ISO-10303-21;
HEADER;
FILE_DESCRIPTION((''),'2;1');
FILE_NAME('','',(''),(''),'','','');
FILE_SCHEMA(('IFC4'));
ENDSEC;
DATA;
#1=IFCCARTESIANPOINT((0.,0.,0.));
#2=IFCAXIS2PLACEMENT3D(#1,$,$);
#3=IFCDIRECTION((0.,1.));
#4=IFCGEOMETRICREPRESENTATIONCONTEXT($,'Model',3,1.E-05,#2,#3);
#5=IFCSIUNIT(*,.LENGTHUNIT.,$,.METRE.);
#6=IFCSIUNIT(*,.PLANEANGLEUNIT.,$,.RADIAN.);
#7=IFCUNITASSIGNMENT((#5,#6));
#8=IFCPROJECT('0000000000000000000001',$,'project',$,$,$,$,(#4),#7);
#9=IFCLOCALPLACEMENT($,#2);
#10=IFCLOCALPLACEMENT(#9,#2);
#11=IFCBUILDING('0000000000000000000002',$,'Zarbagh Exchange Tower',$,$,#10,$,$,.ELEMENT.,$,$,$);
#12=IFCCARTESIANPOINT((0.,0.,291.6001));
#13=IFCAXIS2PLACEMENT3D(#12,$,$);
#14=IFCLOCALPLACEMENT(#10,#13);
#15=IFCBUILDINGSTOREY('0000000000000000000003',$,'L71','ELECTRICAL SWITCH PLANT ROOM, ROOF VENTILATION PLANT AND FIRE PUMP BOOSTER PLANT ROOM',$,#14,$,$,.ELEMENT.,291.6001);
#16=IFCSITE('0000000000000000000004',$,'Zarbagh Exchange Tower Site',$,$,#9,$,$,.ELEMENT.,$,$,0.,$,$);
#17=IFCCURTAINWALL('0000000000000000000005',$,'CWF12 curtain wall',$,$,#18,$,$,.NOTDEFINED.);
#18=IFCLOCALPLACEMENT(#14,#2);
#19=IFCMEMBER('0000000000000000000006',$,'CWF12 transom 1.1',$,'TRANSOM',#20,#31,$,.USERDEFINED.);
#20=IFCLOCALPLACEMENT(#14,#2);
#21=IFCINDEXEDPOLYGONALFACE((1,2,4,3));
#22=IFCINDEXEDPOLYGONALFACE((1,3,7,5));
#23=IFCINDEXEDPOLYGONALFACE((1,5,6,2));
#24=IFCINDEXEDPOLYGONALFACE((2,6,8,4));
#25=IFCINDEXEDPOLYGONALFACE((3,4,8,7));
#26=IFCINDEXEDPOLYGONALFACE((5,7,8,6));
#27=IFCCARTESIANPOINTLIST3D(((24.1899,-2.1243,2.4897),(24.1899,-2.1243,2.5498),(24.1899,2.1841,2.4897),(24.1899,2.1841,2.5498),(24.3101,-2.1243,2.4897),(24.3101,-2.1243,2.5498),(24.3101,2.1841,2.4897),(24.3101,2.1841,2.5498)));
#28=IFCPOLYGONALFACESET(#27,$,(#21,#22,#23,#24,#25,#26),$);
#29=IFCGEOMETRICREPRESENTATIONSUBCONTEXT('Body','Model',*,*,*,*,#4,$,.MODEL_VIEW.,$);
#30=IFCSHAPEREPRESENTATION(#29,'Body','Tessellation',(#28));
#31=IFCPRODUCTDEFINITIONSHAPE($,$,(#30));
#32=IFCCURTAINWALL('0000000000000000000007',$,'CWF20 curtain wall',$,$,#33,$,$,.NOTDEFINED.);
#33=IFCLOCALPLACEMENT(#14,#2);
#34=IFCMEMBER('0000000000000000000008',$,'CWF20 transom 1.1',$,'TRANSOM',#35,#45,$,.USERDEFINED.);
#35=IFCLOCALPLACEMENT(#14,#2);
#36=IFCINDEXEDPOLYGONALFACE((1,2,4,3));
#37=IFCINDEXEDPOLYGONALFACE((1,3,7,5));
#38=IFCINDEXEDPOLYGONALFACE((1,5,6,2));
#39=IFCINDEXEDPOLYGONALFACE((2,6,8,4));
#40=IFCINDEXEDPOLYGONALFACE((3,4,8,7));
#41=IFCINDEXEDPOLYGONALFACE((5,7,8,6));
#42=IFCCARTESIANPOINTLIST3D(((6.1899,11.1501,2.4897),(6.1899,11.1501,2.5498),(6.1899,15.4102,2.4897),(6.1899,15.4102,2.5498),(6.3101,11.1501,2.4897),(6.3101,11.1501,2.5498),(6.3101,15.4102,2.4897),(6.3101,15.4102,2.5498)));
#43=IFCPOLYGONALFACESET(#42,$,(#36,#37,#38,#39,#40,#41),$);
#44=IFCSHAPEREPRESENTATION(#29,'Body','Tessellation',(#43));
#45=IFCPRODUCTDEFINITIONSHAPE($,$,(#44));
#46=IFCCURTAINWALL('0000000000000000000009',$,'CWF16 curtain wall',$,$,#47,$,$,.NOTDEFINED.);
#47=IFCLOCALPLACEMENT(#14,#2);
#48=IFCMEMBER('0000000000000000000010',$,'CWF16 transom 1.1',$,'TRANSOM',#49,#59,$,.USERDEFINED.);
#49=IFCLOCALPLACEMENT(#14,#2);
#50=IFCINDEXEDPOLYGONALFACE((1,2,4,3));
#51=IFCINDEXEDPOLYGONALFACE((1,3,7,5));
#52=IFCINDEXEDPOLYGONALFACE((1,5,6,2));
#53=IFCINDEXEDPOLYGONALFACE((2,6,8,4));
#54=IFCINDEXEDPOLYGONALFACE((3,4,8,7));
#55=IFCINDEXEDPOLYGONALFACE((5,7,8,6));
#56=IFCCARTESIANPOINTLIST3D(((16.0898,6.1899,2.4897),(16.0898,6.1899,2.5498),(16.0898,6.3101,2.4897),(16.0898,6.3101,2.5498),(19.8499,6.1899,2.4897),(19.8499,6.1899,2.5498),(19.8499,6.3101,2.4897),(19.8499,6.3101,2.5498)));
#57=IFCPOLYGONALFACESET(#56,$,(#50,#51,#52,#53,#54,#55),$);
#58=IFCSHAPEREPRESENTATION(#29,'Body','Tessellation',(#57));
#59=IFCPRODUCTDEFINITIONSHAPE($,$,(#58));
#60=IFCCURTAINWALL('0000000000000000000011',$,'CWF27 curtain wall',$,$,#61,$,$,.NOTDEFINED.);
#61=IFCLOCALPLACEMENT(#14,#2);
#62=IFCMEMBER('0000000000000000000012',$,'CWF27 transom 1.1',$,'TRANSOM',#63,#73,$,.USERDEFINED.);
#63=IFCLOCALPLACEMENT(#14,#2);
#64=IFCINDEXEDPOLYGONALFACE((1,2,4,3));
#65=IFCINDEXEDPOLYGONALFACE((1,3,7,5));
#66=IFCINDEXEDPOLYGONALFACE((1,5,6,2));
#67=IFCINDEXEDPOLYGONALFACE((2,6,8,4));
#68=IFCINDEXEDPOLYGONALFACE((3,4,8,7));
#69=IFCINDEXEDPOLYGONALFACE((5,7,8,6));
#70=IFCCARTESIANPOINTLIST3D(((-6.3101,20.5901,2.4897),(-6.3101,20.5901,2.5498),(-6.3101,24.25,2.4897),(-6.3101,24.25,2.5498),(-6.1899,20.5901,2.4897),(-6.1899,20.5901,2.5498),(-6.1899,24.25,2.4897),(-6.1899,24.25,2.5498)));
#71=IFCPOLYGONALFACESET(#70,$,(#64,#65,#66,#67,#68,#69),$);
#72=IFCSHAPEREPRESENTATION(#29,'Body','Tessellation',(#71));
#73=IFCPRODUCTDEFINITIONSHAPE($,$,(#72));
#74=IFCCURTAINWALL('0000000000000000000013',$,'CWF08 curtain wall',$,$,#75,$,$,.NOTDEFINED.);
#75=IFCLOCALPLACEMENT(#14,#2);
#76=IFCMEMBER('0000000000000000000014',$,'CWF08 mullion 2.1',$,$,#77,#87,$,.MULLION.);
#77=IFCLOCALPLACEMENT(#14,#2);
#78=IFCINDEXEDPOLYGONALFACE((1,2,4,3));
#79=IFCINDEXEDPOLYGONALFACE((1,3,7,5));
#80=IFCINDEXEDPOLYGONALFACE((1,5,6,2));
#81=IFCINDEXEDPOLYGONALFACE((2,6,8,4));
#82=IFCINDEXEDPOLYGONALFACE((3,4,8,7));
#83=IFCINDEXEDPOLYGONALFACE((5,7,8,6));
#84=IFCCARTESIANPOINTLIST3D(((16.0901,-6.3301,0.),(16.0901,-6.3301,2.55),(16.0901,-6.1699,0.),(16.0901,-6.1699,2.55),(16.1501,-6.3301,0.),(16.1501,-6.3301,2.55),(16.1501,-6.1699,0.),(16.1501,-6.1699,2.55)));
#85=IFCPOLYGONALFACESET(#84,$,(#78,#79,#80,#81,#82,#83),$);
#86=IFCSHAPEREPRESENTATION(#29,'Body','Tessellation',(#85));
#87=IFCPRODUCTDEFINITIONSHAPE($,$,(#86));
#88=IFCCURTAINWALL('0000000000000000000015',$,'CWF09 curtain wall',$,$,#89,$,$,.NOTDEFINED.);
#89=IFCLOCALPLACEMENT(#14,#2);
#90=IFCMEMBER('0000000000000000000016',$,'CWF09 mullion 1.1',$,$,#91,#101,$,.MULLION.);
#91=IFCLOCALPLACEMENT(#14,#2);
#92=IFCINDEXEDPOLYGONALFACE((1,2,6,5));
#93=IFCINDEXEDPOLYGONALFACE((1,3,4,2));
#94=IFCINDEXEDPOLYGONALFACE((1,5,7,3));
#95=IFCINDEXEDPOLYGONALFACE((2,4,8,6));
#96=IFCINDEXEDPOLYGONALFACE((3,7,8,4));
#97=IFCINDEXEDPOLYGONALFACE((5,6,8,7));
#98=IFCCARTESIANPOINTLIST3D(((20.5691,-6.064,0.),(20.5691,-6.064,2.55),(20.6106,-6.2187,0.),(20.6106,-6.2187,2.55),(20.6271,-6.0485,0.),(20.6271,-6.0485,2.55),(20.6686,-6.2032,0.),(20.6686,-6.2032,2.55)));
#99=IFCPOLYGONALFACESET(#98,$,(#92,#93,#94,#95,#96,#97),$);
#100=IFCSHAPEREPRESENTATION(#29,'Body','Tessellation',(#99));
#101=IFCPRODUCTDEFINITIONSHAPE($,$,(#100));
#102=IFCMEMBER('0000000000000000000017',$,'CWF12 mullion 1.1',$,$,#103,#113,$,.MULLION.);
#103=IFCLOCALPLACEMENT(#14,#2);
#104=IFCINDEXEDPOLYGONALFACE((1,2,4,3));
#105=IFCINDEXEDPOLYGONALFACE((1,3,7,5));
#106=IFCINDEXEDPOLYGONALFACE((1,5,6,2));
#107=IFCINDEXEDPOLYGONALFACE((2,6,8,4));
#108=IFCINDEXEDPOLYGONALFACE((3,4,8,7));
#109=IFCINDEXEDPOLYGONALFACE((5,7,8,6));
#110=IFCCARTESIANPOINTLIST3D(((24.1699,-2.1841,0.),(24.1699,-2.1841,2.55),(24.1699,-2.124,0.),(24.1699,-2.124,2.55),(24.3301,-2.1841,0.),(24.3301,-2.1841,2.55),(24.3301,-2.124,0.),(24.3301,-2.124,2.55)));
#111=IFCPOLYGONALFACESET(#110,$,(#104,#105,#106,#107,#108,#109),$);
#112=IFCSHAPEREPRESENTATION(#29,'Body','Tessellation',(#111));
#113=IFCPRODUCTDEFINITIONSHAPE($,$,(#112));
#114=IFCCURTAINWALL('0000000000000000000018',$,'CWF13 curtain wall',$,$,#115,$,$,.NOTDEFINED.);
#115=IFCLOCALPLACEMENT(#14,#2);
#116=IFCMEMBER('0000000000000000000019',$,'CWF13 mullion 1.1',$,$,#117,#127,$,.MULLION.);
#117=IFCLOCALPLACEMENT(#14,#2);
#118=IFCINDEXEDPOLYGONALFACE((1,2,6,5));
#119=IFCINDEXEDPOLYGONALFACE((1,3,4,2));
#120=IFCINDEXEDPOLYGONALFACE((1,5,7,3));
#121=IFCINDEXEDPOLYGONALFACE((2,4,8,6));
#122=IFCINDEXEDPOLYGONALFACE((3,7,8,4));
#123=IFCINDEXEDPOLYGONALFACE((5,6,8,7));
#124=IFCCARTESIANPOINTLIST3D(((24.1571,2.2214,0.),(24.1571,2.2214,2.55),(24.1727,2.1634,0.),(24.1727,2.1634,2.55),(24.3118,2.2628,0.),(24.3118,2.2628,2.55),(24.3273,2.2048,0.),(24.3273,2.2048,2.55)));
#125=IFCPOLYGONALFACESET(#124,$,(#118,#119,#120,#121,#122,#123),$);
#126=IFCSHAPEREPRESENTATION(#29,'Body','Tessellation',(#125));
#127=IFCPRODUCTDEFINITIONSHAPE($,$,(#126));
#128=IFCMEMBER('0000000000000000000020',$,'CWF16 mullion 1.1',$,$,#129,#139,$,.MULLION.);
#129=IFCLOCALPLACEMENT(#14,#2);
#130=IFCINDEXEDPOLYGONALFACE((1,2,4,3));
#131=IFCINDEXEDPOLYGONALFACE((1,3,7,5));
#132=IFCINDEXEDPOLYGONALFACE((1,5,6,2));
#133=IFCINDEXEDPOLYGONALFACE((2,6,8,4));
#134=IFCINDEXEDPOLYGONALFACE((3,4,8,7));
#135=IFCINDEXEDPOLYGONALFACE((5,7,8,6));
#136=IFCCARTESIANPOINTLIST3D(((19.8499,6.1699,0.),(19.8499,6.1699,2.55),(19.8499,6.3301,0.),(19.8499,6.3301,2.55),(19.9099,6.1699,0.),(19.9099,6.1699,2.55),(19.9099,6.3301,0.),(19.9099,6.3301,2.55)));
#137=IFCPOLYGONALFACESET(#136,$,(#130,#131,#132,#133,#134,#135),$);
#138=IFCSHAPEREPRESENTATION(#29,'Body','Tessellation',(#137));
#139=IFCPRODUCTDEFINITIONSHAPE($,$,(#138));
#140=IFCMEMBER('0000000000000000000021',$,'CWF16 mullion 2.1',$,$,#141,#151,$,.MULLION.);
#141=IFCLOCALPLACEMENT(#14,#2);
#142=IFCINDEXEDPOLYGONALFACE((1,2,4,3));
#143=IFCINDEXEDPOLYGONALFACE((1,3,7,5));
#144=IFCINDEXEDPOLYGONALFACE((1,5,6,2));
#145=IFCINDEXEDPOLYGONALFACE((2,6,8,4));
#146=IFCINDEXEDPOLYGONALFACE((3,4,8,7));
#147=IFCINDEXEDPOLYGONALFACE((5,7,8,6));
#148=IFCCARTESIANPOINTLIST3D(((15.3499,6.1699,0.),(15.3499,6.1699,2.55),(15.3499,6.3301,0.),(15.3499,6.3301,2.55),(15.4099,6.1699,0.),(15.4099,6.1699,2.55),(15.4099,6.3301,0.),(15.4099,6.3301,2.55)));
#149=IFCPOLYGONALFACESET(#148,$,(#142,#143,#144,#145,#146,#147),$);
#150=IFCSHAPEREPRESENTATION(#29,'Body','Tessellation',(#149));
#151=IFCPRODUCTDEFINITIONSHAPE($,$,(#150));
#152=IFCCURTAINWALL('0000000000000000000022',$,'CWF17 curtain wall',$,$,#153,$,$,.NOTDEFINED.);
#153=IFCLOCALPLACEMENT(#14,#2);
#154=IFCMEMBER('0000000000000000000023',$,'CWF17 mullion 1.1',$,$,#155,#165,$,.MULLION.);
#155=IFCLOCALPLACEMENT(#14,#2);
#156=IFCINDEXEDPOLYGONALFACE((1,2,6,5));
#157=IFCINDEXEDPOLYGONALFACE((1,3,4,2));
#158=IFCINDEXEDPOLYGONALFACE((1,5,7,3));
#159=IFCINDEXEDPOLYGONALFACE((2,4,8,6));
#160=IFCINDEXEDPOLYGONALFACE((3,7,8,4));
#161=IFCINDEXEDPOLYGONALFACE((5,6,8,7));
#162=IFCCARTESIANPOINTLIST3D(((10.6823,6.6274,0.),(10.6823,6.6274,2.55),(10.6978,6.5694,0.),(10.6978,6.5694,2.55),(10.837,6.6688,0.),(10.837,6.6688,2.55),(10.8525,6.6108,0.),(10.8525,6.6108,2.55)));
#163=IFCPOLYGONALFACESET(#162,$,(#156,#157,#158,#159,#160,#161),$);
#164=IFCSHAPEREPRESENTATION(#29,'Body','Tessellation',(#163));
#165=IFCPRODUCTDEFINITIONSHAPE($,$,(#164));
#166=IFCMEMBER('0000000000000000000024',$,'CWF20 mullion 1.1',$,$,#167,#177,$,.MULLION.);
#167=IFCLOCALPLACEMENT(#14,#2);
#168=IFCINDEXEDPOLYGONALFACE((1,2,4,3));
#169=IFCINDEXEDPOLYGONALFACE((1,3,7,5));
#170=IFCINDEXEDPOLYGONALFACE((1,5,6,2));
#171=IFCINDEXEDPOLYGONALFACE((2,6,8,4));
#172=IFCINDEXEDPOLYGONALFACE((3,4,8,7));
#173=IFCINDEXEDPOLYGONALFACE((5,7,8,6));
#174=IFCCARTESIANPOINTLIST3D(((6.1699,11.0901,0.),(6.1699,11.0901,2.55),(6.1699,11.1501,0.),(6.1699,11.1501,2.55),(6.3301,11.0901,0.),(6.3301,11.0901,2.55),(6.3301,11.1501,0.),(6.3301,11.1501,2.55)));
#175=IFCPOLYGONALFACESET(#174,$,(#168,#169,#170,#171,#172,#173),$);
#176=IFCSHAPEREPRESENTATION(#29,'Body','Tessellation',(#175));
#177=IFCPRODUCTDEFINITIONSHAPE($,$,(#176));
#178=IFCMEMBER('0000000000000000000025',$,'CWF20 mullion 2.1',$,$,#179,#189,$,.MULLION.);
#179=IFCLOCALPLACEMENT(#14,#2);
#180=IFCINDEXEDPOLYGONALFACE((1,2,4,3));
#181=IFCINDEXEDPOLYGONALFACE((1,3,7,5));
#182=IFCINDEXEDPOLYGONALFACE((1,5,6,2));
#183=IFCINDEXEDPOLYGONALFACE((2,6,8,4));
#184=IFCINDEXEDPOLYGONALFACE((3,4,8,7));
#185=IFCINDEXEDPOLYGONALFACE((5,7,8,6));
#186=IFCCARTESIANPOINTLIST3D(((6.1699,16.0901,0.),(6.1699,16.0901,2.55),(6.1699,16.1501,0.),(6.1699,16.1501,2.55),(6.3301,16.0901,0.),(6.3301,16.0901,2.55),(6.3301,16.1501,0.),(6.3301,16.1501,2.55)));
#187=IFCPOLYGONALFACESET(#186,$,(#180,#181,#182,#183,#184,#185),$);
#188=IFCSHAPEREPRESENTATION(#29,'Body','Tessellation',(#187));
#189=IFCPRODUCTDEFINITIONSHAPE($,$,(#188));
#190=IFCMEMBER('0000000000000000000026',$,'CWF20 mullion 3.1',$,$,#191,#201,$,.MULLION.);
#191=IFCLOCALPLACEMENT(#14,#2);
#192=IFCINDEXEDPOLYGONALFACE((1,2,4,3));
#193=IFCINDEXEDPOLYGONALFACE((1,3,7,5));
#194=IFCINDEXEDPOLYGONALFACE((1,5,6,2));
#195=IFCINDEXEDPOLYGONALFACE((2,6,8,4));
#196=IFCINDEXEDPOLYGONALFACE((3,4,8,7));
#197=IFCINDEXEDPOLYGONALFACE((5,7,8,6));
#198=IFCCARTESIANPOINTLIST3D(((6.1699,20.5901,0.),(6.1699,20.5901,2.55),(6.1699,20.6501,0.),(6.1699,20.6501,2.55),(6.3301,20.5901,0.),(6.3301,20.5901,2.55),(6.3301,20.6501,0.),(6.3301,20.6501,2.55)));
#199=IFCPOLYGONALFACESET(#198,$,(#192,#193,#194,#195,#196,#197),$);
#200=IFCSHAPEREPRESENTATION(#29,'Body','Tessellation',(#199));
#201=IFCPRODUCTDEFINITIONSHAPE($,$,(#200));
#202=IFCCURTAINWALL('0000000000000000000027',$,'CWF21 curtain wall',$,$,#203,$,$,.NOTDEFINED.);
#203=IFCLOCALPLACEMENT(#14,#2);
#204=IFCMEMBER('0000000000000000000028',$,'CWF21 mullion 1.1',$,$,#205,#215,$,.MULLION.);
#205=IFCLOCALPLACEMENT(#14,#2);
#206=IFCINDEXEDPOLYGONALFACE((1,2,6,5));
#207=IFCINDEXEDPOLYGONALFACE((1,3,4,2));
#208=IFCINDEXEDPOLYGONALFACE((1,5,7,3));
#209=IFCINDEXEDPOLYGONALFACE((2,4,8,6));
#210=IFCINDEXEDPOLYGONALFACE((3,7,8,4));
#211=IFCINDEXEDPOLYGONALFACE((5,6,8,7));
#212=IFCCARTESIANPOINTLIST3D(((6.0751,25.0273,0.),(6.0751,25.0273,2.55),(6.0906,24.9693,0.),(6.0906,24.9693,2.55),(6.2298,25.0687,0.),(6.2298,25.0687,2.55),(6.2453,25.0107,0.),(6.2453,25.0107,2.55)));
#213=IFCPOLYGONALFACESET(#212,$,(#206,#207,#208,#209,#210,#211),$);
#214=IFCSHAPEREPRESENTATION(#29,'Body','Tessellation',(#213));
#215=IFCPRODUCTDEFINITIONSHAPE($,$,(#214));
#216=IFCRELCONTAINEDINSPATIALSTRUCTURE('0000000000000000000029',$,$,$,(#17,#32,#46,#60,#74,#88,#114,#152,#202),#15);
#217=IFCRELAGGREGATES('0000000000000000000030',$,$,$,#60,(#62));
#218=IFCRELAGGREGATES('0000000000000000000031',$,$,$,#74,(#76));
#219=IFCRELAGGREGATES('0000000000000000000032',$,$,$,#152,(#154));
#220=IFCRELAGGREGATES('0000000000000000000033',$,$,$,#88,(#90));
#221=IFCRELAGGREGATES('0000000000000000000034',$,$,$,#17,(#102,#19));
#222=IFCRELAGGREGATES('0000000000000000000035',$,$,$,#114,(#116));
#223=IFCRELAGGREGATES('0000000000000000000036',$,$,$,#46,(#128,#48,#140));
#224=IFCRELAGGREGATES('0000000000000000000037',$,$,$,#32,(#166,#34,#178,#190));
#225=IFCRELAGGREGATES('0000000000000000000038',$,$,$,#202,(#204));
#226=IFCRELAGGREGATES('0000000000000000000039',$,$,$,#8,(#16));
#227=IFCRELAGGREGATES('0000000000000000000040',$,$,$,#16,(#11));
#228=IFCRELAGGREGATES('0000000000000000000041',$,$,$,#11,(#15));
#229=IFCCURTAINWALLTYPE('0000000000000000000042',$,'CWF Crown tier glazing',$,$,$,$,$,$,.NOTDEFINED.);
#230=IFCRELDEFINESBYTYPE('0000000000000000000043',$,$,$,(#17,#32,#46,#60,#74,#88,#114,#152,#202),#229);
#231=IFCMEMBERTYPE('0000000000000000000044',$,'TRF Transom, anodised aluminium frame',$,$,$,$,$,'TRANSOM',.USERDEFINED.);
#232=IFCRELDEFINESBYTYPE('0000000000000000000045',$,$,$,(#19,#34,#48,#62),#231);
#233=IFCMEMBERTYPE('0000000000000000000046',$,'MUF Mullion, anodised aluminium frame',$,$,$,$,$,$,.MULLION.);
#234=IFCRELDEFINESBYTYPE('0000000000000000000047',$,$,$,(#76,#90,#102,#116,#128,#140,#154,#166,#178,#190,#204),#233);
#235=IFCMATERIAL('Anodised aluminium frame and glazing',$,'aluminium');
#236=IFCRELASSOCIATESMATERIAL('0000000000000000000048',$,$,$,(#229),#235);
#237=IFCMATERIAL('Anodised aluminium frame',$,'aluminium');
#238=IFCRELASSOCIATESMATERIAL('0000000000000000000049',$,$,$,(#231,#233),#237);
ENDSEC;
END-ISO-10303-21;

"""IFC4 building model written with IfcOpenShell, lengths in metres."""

from ifc_helpers import new_model, si_unit, direction, frame, origin, place, context, subcontext, project, spatial, polyline, outline, extrude, source, transform, mapped, material, type_object, element, aggregate, save


model = new_model("IFC4")

# Units and contexts
model_context = context("Model", 3, precision=1e-05, world=origin(), true_north=direction((0.0, 1.0)))
body_context = subcontext(model_context, "Body", "Model", "MODEL_VIEW")
ifc_project = project(units=[si_unit("LENGTHUNIT", "METRE"), si_unit("PLANEANGLEUNIT", "RADIAN")], contexts=[model_context])

# Site, building, storey
site_placement = place(None, origin())
site = spatial("IfcSite", under=ifc_project, at=site_placement, Name="Zarbagh Exchange Tower Site", CompositionType="ELEMENT", RefElevation=0.0)
building_placement = place(site_placement, origin())
building = spatial("IfcBuilding", under=site, at=building_placement, Name="Zarbagh Exchange Tower", CompositionType="ELEMENT")
storey_placement = place(building_placement, frame((0.0, 0.0, 291.6001)))
storey = spatial("IfcBuildingStorey", under=building, at=storey_placement, Name="L71", Description="ELECTRICAL SWITCH PLANT ROOM, ROOF VENTILATION PLANT AND FIRE PUMP BOOSTER PLANT ROOM", CompositionType="ELEMENT", Elevation=291.6001)

# Curtain walls, members
ifc_material_1 = material(Name="Anodised aluminium frame and glazing", Category="aluminium")
curtain_wall_type = type_object("IfcCurtainWallType", Name="CWF Crown tier glazing", PredefinedType="NOTDEFINED", material=ifc_material_1)
curtain_wall_1_placement = place(storey_placement, origin())
curtain_wall_1 = element("IfcCurtainWall", 1, at=curtain_wall_1_placement, inside=storey, type_object=curtain_wall_type, Name="CWF12 curtain wall", PredefinedType="NOTDEFINED")
ifc_material_2 = material(Name="Anodised aluminium frame", Category="aluminium")
member_type_1 = type_object("IfcMemberType", Name="TRF Transom, anodised aluminium frame", ElementType="TRANSOM", PredefinedType="USERDEFINED", material=ifc_material_2)
shared_shape_1 = source(origin(), body_context, "Body", "SweptSolid", [
    extrude(outline(polyline([(-0.0601, -0.0601), (0.0, -0.0601), (0.0, 0.0601), (-0.0601, 0.0601), (-0.0601, -0.0601)])), origin(), (0.0, 0.0, 1.0), 4.3083),
])
placement = place(storey_placement, origin())
member_1 = element("IfcMember", 2, at=placement, type_object=member_type_1, Name="CWF12 transom 1.1", ObjectType="TRANSOM", PredefinedType="USERDEFINED", context=body_context, shape_type="MappedRepresentation", body=[
    mapped(shared_shape_1, transform((24.25, -2.1243, 2.5498), x_axis=(0.0, 0.0, 1.0), y_axis=(1.0, 0.0, 0.0), z_axis=(0.0, 1.0, 0.0))),
])
curtain_wall_2_placement = place(storey_placement, origin())
curtain_wall_2 = element("IfcCurtainWall", 3, at=curtain_wall_2_placement, inside=storey, type_object=curtain_wall_type, Name="CWF20 curtain wall", PredefinedType="NOTDEFINED")
shared_shape_2 = source(origin(), body_context, "Body", "SweptSolid", [
    extrude(outline(polyline([(-0.0601, -0.0601), (0.0, -0.0601), (0.0, 0.0601), (-0.0601, 0.0601), (-0.0601, -0.0601)])), origin(), (0.0, 0.0, 1.0), 4.26),
])
member_2 = element("IfcMember", 4, at=placement, type_object=member_type_1, Name="CWF20 transom 1.1", ObjectType="TRANSOM", PredefinedType="USERDEFINED", context=body_context, shape_type="MappedRepresentation", body=[
    mapped(shared_shape_2, transform((6.25, 11.1501, 2.5498), x_axis=(0.0, 0.0, 1.0), y_axis=(1.0, 0.0, 0.0), z_axis=(0.0, 1.0, 0.0))),
])
curtain_wall_3_placement = place(storey_placement, origin())
curtain_wall_3 = element("IfcCurtainWall", 5, at=curtain_wall_3_placement, inside=storey, type_object=curtain_wall_type, Name="CWF16 curtain wall", PredefinedType="NOTDEFINED")
shared_shape_3 = source(origin(), body_context, "Body", "SweptSolid", [
    extrude(outline(polyline([(-0.0601, -0.0601), (0.0, -0.0601), (0.0, 0.0601), (-0.0601, 0.0601), (-0.0601, -0.0601)])), origin(), (0.0, 0.0, 1.0), 3.76),
])
member_3 = element("IfcMember", 6, at=placement, type_object=member_type_1, Name="CWF16 transom 1.1", ObjectType="TRANSOM", PredefinedType="USERDEFINED", context=body_context, shape_type="MappedRepresentation", body=[
    mapped(shared_shape_3, transform((19.8499, 6.25, 2.5498), x_axis=(0.0, 0.0, 1.0), y_axis=(0.0, 1.0, 0.0), z_axis=(-1.0, 0.0, 0.0))),
])
curtain_wall_4_placement = place(storey_placement, origin())
curtain_wall_4 = element("IfcCurtainWall", 7, at=curtain_wall_4_placement, inside=storey, type_object=curtain_wall_type, Name="CWF27 curtain wall", PredefinedType="NOTDEFINED")
shared_shape_4 = source(origin(), body_context, "Body", "SweptSolid", [
    extrude(outline(polyline([(-0.0601, -0.0601), (0.0, -0.0601), (0.0, 0.0601), (-0.0601, 0.0601), (-0.0601, -0.0601)])), origin(), (0.0, 0.0, 1.0), 3.6599),
])
member_4 = element("IfcMember", 8, at=placement, type_object=member_type_1, Name="CWF27 transom 1.1", ObjectType="TRANSOM", PredefinedType="USERDEFINED", context=body_context, shape_type="MappedRepresentation", body=[
    mapped(shared_shape_4, transform((-6.25, 24.25, 2.5498), x_axis=(0.0, 0.0, 1.0), y_axis=(-1.0, 0.0, 0.0), z_axis=(0.0, -1.0, 0.0))),
])
curtain_wall_5_placement = place(storey_placement, origin())
curtain_wall_5 = element("IfcCurtainWall", 9, at=curtain_wall_5_placement, inside=storey, type_object=curtain_wall_type, Name="CWF08 curtain wall", PredefinedType="NOTDEFINED")
member_type_2 = type_object("IfcMemberType", Name="MUF Mullion, anodised aluminium frame", PredefinedType="MULLION", material=ifc_material_2)
shared_shape_5 = source(origin(), body_context, "Body", "SweptSolid", [
    extrude(outline(polyline([(0.0, -0.0801), (0.0601, -0.0801), (0.0601, 0.0801), (0.0, 0.0801), (0.0, -0.0801)])), origin(), (0.0, 0.0, 1.0), 2.55),
])
member_5 = element("IfcMember", 10, at=placement, type_object=member_type_2, Name="CWF08 mullion 2.1", PredefinedType="MULLION", context=body_context, shape_type="MappedRepresentation", body=[
    mapped(shared_shape_5, transform((16.0901, -6.25, 0.0), x_axis=(1.0, 0.0, 0.0), y_axis=(0.0, 1.0, 0.0), z_axis=(0.0, 0.0, 1.0))),
])
curtain_wall_6_placement = place(storey_placement, origin())
curtain_wall_6 = element("IfcCurtainWall", 11, at=curtain_wall_6_placement, inside=storey, type_object=curtain_wall_type, Name="CWF09 curtain wall", PredefinedType="NOTDEFINED")
member_6 = element("IfcMember", 12, at=placement, type_object=member_type_2, Name="CWF09 mullion 1.1", PredefinedType="MULLION", context=body_context, shape_type="MappedRepresentation", body=[
    mapped(shared_shape_5, transform((20.5898, -6.1414, 0.0), x_axis=(0.965924, 0.258825, 0.0), y_axis=(-0.258825, 0.965924, 0.0), z_axis=(0.0, 0.0, 1.0))),
])

# Member
member_7 = element("IfcMember", 13, at=placement, type_object=member_type_2, Name="CWF12 mullion 1.1", PredefinedType="MULLION", context=body_context, shape_type="MappedRepresentation", body=[
    mapped(shared_shape_5, transform((24.25, -2.1841, 0.0), x_axis=(0.0, 1.0, 0.0), y_axis=(-1.0, 0.0, 0.0), z_axis=(0.0, 0.0, 1.0))),
])

# Curtain wall, member
curtain_wall_7_placement = place(storey_placement, origin())
curtain_wall_7 = element("IfcCurtainWall", 14, at=curtain_wall_7_placement, inside=storey, type_object=curtain_wall_type, Name="CWF13 curtain wall", PredefinedType="NOTDEFINED")
member_8 = element("IfcMember", 15, at=placement, type_object=member_type_2, Name="CWF13 mullion 1.1", PredefinedType="MULLION", context=body_context, shape_type="MappedRepresentation", body=[
    mapped(shared_shape_5, transform((24.25, 2.1841, 0.0), x_axis=(-0.258825, 0.965924, 0.0), y_axis=(-0.965924, -0.258825, 0.0), z_axis=(0.0, 0.0, 1.0))),
])

# Members
member_9 = element("IfcMember", 16, at=placement, type_object=member_type_2, Name="CWF16 mullion 1.1", PredefinedType="MULLION", context=body_context, shape_type="MappedRepresentation", body=[
    mapped(shared_shape_5, transform((19.9099, 6.25, 0.0), x_axis=(-1.0, 0.0, 0.0), y_axis=(0.0, -1.0, 0.0), z_axis=(0.0, 0.0, 1.0))),
])
member_10 = element("IfcMember", 17, at=placement, type_object=member_type_2, Name="CWF16 mullion 2.1", PredefinedType="MULLION", context=body_context, shape_type="MappedRepresentation", body=[
    mapped(shared_shape_5, transform((15.4099, 6.25, 0.0), x_axis=(-1.0, 0.0, 0.0), y_axis=(0.0, -1.0, 0.0), z_axis=(0.0, 0.0, 1.0))),
])

# Curtain wall, member
curtain_wall_8_placement = place(storey_placement, origin())
curtain_wall_8 = element("IfcCurtainWall", 18, at=curtain_wall_8_placement, inside=storey, type_object=curtain_wall_type, Name="CWF17 curtain wall", PredefinedType="NOTDEFINED")
member_11 = element("IfcMember", 19, at=placement, type_object=member_type_2, Name="CWF17 mullion 1.1", PredefinedType="MULLION", context=body_context, shape_type="MappedRepresentation", body=[
    mapped(shared_shape_5, transform((10.7751, 6.5901, 0.0), x_axis=(-0.258825, 0.965924, 0.0), y_axis=(-0.965924, -0.258825, 0.0), z_axis=(0.0, 0.0, 1.0))),
])

# Members
member_12 = element("IfcMember", 20, at=placement, type_object=member_type_2, Name="CWF20 mullion 1.1", PredefinedType="MULLION", context=body_context, shape_type="MappedRepresentation", body=[
    mapped(shared_shape_5, transform((6.25, 11.0901, 0.0), x_axis=(0.0, 1.0, 0.0), y_axis=(-1.0, 0.0, 0.0), z_axis=(0.0, 0.0, 1.0))),
])
member_13 = element("IfcMember", 21, at=placement, type_object=member_type_2, Name="CWF20 mullion 2.1", PredefinedType="MULLION", context=body_context, shape_type="MappedRepresentation", body=[
    mapped(shared_shape_5, transform((6.25, 16.0901, 0.0), x_axis=(0.0, 1.0, 0.0), y_axis=(-1.0, 0.0, 0.0), z_axis=(0.0, 0.0, 1.0))),
])
member_14 = element("IfcMember", 22, at=placement, type_object=member_type_2, Name="CWF20 mullion 3.1", PredefinedType="MULLION", context=body_context, shape_type="MappedRepresentation", body=[
    mapped(shared_shape_5, transform((6.25, 20.5901, 0.0), x_axis=(0.0, 1.0, 0.0), y_axis=(-1.0, 0.0, 0.0), z_axis=(0.0, 0.0, 1.0))),
])

# Curtain wall, member
curtain_wall_9_placement = place(storey_placement, origin())
curtain_wall_9 = element("IfcCurtainWall", 23, at=curtain_wall_9_placement, inside=storey, type_object=curtain_wall_type, Name="CWF21 curtain wall", PredefinedType="NOTDEFINED")
member_15 = element("IfcMember", 24, at=placement, type_object=member_type_2, Name="CWF21 mullion 1.1", PredefinedType="MULLION", context=body_context, shape_type="MappedRepresentation", body=[
    mapped(shared_shape_5, transform((6.168, 24.99, 0.0), x_axis=(-0.258825, 0.965924, 0.0), y_axis=(-0.965924, -0.258825, 0.0), z_axis=(0.0, 0.0, 1.0))),
])

aggregate(curtain_wall_4, [member_4])

aggregate(curtain_wall_5, [member_5])
aggregate(curtain_wall_8, [member_11])

aggregate(curtain_wall_6, [member_6])

aggregate(curtain_wall_1, [member_7, member_1])
aggregate(curtain_wall_7, [member_8])

aggregate(curtain_wall_3, [member_9, member_3, member_10])
aggregate(curtain_wall_2, [member_12, member_2, member_13, member_14])
aggregate(curtain_wall_9, [member_15])

save(model, "model.ifc")
